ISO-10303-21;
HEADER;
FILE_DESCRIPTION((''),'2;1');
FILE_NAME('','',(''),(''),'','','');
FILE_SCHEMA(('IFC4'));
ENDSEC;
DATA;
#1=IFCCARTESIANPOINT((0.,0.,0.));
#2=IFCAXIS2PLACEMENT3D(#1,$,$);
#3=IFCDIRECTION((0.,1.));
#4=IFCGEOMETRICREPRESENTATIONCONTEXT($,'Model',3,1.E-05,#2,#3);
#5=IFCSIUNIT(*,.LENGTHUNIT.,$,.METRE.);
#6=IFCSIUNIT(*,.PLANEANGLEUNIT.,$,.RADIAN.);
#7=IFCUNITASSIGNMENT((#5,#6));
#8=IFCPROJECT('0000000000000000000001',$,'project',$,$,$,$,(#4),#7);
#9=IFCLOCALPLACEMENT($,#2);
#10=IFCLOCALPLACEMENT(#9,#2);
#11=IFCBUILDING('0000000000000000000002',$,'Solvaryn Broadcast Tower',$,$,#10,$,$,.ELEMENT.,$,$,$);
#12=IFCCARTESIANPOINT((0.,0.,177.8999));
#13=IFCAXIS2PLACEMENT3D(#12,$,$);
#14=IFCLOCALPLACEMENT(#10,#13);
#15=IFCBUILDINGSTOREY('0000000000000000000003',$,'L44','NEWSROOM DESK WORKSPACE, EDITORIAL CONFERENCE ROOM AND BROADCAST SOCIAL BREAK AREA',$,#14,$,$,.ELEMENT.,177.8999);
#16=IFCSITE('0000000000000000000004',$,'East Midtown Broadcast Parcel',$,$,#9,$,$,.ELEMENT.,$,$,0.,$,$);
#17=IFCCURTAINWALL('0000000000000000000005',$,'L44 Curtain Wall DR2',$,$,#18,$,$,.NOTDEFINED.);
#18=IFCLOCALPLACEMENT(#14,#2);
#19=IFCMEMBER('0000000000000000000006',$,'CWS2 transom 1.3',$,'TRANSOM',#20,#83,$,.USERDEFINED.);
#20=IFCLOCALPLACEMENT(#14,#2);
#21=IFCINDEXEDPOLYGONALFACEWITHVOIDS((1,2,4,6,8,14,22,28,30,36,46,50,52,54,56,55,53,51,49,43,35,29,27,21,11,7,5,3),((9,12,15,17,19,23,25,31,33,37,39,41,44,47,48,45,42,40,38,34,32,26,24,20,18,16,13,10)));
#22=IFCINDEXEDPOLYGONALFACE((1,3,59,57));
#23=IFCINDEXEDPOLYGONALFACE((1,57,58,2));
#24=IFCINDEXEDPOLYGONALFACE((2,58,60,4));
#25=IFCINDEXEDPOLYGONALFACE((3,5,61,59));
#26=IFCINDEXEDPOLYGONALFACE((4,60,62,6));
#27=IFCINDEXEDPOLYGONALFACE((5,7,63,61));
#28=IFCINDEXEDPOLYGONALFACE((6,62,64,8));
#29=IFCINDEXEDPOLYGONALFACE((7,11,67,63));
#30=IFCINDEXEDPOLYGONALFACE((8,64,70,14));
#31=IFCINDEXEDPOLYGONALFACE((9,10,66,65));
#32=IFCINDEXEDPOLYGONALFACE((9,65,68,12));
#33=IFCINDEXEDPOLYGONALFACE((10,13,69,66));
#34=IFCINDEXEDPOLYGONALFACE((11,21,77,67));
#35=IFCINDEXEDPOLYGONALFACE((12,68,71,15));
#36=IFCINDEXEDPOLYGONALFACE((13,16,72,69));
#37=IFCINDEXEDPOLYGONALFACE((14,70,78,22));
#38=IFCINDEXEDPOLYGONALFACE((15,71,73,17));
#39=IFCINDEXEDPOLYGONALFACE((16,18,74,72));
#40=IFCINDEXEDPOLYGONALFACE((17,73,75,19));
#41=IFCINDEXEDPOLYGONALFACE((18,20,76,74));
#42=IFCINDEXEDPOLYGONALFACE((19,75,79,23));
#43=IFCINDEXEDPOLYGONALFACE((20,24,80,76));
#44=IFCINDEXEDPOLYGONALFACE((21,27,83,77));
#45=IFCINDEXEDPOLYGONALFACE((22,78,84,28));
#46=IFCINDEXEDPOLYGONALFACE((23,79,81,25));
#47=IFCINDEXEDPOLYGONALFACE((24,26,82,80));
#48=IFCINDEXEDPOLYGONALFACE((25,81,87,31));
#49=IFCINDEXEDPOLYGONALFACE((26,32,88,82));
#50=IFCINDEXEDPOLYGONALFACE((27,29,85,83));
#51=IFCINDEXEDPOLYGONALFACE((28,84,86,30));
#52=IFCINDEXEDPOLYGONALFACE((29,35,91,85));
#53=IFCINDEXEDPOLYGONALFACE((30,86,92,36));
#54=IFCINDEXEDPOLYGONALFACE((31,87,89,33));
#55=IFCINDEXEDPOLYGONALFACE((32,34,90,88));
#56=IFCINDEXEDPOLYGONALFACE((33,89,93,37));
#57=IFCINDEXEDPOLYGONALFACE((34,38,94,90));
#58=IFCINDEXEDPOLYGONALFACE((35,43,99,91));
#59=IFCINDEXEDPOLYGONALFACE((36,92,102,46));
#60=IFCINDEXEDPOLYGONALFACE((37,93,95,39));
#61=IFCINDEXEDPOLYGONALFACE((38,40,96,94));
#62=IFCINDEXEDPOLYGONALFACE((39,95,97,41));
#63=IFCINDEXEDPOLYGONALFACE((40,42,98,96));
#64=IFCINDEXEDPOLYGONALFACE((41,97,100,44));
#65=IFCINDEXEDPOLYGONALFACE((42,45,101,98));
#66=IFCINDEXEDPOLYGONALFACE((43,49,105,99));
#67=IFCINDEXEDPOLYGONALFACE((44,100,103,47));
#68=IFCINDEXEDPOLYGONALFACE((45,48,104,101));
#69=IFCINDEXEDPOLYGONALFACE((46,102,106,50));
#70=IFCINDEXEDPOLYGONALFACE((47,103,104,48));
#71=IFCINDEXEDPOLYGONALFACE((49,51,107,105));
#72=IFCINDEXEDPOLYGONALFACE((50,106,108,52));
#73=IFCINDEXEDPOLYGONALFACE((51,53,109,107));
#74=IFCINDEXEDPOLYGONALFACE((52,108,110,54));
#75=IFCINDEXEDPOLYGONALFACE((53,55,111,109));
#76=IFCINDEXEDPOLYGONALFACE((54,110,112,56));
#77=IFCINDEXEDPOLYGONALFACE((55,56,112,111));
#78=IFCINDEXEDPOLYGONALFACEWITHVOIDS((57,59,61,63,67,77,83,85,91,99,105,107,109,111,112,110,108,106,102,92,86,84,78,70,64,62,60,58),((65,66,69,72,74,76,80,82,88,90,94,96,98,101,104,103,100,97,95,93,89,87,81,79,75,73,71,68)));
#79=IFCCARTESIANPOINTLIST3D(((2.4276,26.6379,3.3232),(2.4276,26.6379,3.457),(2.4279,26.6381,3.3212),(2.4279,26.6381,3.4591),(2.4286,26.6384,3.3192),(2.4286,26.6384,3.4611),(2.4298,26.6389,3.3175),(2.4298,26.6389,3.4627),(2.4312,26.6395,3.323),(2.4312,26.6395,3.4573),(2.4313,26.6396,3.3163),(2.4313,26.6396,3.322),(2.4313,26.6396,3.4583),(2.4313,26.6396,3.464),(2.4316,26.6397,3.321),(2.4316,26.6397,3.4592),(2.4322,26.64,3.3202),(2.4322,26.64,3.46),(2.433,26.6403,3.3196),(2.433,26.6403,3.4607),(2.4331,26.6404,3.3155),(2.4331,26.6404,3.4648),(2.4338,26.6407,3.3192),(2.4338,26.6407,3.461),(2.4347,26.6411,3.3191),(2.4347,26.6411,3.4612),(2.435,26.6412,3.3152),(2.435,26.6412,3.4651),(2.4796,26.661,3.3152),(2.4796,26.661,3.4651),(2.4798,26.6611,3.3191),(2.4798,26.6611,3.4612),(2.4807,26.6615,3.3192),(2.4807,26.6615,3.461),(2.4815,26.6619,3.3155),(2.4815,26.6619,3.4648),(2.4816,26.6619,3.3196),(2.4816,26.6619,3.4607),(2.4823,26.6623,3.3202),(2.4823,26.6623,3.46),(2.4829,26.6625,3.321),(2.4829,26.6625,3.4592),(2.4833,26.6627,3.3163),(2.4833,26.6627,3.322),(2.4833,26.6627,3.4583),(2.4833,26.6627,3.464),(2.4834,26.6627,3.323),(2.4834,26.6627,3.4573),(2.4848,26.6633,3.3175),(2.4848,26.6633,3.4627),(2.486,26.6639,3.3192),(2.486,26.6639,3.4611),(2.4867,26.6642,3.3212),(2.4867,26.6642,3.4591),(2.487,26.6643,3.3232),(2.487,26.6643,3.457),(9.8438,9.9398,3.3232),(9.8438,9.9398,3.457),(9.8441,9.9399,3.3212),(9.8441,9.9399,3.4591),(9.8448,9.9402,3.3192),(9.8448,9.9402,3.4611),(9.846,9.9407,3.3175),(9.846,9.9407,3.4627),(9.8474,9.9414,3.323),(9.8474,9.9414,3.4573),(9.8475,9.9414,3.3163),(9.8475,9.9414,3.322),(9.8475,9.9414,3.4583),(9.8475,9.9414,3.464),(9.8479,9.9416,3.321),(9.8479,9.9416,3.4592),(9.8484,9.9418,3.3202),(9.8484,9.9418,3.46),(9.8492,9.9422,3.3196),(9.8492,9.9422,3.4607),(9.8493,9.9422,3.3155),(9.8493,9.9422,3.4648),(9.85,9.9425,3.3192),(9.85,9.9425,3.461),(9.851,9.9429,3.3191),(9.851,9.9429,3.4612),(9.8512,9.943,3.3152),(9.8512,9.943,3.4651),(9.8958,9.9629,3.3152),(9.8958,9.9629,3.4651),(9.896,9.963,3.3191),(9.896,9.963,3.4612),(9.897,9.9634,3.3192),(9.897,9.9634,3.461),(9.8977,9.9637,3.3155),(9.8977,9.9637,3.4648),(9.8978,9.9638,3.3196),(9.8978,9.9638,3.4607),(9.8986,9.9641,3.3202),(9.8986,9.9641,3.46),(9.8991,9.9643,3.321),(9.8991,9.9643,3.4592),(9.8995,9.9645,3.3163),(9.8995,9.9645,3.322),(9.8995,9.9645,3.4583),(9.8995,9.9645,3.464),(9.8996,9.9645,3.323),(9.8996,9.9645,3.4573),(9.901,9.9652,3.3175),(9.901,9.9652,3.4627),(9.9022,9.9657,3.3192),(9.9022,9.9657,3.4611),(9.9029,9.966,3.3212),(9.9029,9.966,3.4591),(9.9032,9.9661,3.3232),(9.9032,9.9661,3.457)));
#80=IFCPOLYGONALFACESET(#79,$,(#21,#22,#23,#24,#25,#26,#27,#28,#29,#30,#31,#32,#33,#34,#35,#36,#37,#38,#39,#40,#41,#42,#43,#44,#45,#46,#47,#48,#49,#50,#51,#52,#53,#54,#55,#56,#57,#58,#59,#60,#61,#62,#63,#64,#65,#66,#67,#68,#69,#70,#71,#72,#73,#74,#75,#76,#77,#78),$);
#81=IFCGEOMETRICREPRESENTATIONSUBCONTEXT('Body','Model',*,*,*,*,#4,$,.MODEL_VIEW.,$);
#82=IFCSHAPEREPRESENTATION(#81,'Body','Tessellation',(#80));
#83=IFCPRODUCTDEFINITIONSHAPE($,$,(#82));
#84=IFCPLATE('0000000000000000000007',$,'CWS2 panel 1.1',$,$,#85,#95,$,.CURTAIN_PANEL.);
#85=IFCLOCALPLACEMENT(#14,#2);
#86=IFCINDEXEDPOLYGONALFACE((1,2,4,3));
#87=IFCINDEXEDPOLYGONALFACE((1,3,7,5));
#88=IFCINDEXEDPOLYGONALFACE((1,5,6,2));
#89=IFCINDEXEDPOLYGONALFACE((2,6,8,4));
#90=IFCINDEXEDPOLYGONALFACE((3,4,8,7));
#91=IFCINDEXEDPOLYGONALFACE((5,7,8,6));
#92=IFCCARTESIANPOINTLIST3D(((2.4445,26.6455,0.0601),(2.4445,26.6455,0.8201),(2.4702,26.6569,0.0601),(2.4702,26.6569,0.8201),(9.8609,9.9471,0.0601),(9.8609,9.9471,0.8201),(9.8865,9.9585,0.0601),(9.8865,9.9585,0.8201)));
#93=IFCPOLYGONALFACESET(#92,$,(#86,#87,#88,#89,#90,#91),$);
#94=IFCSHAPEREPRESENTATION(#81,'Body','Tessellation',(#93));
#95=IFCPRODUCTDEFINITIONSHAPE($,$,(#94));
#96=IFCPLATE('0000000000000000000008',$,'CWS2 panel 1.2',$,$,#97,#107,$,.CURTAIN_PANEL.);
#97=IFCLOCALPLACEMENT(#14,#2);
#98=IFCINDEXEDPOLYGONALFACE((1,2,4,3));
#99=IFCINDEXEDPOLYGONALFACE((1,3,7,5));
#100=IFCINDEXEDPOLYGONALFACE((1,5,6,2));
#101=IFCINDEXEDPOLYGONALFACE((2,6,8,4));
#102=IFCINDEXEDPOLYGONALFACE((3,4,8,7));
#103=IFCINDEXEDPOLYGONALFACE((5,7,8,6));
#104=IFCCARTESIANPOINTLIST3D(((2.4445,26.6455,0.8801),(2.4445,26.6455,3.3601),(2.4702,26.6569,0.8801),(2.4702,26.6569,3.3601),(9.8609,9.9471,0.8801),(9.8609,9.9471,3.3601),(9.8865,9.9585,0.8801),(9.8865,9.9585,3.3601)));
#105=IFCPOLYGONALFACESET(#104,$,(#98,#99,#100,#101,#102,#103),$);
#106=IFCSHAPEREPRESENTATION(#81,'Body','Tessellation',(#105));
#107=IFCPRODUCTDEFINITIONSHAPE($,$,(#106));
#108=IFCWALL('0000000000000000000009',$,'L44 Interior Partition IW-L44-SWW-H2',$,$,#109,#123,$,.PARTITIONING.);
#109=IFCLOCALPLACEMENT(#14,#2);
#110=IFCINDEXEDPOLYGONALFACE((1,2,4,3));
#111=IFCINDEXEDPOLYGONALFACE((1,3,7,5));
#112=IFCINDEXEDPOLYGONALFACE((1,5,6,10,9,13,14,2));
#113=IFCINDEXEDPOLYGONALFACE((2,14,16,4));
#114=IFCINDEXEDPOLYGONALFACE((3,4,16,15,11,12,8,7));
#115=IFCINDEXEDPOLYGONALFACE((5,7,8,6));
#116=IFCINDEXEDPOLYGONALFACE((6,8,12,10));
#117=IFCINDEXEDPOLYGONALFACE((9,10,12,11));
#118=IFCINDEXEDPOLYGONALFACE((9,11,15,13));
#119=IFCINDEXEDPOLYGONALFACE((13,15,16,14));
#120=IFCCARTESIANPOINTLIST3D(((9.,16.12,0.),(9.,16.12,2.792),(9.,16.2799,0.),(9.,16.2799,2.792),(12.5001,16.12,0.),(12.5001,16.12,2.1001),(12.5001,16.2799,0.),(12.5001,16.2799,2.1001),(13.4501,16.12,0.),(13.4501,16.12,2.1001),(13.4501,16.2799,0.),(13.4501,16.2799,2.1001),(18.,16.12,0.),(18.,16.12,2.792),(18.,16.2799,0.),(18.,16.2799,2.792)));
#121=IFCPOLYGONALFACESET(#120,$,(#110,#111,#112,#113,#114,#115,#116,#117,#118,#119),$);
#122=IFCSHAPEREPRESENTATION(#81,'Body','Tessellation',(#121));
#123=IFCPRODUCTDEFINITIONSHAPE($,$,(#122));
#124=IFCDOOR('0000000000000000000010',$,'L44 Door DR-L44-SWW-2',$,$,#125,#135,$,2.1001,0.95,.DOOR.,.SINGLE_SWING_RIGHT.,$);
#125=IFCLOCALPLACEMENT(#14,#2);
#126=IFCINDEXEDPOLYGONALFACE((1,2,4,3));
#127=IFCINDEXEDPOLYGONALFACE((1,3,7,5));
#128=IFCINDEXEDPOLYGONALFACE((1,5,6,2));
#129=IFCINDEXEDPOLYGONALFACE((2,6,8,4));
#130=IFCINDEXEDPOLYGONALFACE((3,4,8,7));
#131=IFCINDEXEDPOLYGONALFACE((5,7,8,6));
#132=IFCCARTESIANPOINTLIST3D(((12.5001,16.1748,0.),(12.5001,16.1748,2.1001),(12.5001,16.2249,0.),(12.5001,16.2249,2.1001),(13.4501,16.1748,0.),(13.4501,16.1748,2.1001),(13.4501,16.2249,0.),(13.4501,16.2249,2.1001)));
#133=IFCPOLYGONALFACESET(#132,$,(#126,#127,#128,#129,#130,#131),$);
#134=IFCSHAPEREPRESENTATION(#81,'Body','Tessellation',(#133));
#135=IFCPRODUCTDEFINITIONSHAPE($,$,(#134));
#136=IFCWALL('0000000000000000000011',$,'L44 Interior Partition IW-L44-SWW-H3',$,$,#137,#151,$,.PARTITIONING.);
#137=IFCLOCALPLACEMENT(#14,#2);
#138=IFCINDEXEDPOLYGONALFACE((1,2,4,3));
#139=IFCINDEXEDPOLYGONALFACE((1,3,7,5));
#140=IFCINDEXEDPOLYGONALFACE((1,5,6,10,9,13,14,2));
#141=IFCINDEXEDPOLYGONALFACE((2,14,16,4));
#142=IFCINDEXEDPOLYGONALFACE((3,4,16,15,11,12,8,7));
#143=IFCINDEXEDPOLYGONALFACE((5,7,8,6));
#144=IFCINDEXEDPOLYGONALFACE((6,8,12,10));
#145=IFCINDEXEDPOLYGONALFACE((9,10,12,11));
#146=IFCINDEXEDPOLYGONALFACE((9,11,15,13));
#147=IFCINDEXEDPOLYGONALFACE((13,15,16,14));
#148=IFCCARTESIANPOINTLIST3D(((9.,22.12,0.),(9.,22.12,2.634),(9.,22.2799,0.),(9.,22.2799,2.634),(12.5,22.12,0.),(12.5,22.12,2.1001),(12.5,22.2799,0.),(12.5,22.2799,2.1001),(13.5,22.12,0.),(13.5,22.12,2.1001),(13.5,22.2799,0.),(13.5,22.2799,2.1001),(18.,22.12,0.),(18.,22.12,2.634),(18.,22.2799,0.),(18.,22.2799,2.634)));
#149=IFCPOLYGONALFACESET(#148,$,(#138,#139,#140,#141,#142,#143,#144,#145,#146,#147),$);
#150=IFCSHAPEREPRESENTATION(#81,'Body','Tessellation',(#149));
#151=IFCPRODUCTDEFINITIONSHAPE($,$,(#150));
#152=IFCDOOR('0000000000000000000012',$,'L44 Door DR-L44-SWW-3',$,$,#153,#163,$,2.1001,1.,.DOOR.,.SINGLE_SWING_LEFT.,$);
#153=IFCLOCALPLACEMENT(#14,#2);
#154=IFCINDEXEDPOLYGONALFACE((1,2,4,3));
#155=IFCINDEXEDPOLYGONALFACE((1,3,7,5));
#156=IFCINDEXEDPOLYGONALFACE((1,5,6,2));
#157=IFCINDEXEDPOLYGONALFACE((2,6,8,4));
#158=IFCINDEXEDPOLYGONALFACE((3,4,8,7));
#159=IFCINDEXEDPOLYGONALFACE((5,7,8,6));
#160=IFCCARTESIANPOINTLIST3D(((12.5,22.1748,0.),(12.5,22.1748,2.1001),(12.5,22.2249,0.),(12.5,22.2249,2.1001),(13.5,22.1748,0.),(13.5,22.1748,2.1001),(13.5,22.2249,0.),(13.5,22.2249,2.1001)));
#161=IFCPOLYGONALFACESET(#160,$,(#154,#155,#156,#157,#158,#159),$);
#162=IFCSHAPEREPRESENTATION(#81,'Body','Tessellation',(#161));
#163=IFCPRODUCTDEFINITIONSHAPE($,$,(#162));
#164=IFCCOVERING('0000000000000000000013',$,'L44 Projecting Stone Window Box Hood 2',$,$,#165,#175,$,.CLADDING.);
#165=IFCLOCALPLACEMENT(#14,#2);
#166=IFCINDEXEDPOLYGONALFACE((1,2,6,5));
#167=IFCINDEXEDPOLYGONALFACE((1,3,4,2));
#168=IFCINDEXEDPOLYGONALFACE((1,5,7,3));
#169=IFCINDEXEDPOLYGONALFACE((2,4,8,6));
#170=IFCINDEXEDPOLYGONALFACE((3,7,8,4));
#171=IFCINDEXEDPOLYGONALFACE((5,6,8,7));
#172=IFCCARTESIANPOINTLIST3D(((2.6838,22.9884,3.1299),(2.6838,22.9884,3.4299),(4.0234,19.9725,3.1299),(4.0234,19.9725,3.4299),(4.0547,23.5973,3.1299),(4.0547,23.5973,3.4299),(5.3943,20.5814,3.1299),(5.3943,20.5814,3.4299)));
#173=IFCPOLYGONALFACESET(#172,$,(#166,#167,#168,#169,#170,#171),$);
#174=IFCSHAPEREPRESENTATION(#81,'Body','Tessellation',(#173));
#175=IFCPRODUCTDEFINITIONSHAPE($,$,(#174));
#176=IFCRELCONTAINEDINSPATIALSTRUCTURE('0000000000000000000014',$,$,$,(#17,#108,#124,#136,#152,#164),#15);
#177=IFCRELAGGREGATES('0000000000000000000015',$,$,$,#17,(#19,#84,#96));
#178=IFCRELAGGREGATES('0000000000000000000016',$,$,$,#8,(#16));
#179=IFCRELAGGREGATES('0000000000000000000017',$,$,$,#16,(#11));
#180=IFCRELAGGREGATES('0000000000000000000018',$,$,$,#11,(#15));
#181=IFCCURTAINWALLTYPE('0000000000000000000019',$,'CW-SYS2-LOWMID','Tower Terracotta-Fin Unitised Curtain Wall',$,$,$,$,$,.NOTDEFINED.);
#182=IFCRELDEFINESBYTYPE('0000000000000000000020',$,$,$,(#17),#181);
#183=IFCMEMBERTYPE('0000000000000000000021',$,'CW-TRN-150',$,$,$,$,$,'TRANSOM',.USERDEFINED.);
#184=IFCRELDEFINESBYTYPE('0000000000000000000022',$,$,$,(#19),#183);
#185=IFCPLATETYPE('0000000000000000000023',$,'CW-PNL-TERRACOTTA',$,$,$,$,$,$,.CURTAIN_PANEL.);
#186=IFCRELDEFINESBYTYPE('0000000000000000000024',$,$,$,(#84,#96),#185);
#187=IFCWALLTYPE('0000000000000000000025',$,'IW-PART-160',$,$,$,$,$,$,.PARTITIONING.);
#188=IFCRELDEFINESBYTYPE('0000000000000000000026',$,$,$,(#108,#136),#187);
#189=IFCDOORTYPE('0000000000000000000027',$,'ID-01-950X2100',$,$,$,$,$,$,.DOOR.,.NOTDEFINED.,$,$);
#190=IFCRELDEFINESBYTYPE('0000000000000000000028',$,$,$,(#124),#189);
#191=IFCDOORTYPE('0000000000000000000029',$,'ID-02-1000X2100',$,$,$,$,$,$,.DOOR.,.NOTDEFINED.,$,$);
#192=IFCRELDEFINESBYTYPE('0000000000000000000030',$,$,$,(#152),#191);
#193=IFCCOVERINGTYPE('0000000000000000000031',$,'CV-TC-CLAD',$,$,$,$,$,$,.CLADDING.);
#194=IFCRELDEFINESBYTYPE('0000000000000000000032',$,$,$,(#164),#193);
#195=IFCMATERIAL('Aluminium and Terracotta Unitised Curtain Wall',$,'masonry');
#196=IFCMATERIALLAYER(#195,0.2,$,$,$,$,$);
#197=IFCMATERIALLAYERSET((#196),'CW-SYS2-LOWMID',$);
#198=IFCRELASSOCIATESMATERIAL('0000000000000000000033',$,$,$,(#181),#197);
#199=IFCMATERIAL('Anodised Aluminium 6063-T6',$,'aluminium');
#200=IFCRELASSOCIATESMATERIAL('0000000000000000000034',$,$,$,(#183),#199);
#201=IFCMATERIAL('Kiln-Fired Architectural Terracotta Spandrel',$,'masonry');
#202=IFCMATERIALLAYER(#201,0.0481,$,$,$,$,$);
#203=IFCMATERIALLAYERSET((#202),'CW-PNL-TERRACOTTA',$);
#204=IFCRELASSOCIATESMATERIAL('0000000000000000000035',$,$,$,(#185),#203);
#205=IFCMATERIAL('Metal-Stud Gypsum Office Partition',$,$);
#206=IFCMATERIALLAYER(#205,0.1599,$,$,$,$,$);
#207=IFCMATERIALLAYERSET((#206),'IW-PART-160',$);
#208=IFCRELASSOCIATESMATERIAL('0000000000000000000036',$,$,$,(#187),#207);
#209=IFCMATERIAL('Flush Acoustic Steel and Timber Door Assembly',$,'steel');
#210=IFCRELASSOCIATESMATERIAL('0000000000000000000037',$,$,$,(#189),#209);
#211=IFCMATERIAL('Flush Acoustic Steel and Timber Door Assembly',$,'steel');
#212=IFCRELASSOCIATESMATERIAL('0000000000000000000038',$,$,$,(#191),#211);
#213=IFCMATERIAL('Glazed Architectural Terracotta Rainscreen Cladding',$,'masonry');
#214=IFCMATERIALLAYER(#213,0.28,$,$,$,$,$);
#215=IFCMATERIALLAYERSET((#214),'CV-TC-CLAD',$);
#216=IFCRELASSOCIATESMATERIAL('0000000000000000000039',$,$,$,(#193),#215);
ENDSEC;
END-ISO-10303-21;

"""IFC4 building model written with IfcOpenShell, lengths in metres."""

from ifc_helpers import new_model, si_unit, direction, frame, frame_2d, origin, origin_2d, place, context, subcontext, project, spatial, rectangle, hollow_rectangle, extrude, material, layer, layer_set, material_profile, profile_set, type_object, element, fill, aggregate, save


model = new_model("IFC4")

# Units and contexts
model_context = context("Model", 3, precision=1e-05, world=origin(), true_north=direction((0.0, 1.0)))
body_context = subcontext(model_context, "Body", "Model", "MODEL_VIEW")
ifc_project = project(units=[si_unit("LENGTHUNIT", "METRE"), si_unit("PLANEANGLEUNIT", "RADIAN")], contexts=[model_context])

# Site, building, storey
site_placement = place(None, origin())
site = spatial("IfcSite", under=ifc_project, at=site_placement, Name="East Midtown Broadcast Parcel", CompositionType="ELEMENT", RefElevation=0.0)
building_placement = place(site_placement, origin())
building = spatial("IfcBuilding", under=site, at=building_placement, Name="Solvaryn Broadcast Tower", CompositionType="ELEMENT")
storey_placement = place(building_placement, frame((0.0, 0.0, 177.8999)))
storey = spatial("IfcBuildingStorey", under=building, at=storey_placement, Name="L44", Description="NEWSROOM DESK WORKSPACE, EDITORIAL CONFERENCE ROOM AND BROADCAST SOCIAL BREAK AREA", CompositionType="ELEMENT", Elevation=177.8999)

# Shared definitions
ifc_material_1 = material(Name="Aluminium and Terracotta Unitised Curtain Wall", Category="masonry")
ifc_layer_1 = layer(ifc_material_1, 0.2)
ifc_layer_set_1 = layer_set([ifc_layer_1], Name="CW-SYS2-LOWMID")
curtain_wall_type = type_object("IfcCurtainWallType", Name="CW-SYS2-LOWMID", Description="Tower Terracotta-Fin Unitised Curtain Wall", PredefinedType="NOTDEFINED", material=ifc_layer_set_1)

# Curtain wall, member, plates
curtain_wall_1_placement = place(storey_placement, origin())
curtain_wall_1 = element("IfcCurtainWall", 1, at=curtain_wall_1_placement, inside=storey, type_object=curtain_wall_type, Name="L44 Curtain Wall DR2", PredefinedType="NOTDEFINED")
ifc_material_2 = material(Name="Anodised Aluminium 6063-T6", Category="aluminium")
ifc_material_profile_1 = material_profile(ifc_material_2, hollow_rectangle(XDim=0.0649, YDim=0.1499, WallThickness=0.0039, InnerFilletRadius=0.0039, OuterFilletRadius=0.0081, at=origin_2d()))
ifc_profile_set_1 = profile_set([ifc_material_profile_1], Name="Anodised Aluminium 6063-T6")
member_type_1 = type_object("IfcMemberType", Name="CW-TRN-150", ElementType="TRANSOM", PredefinedType="USERDEFINED", material=ifc_profile_set_1)
member_1_placement = place(storey_placement, frame((2.4573, 26.6511, 3.3901), z_axis=(0.405902, -0.913917, 0.0), x_axis=(0.913917, 0.405902, 0.0)))
member_1 = element("IfcMember", 2, at=member_1_placement, type_object=member_type_1, Name="CWS2 transom 1.3", ObjectType="TRANSOM", PredefinedType="USERDEFINED", context=body_context, shape_type="SweptSolid", body=[
    extrude(hollow_rectangle(XDim=0.0649, YDim=0.1499, WallThickness=0.0039, InnerFilletRadius=0.0039, OuterFilletRadius=0.0081, at=origin_2d()), origin(), (0.0, 0.0, 1.0), 18.271),
])
ifc_material_3 = material(Name="Kiln-Fired Architectural Terracotta Spandrel", Category="masonry")
ifc_layer_2 = layer(ifc_material_3, 0.0481)
ifc_layer_set_2 = layer_set([ifc_layer_2], Name="CW-PNL-TERRACOTTA")
plate_type = type_object("IfcPlateType", Name="CW-PNL-TERRACOTTA", PredefinedType="CURTAIN_PANEL", material=ifc_layer_set_2)
plate_1_placement = place(storey_placement, frame((6.1655, 18.302, 0.0601), z_axis=(0.0, 0.0, 1.0), x_axis=(0.405901, -0.913917, 0.0)))
plate_1 = element("IfcPlate", 3, at=plate_1_placement, type_object=plate_type, Name="CWS2 panel 1.1", PredefinedType="CURTAIN_PANEL", context=body_context, shape_type="SweptSolid", body=[
    extrude(rectangle(XDim=18.2712, YDim=0.0281, at=origin_2d()), origin(), (0.0, 0.0, 1.0), 0.76),
])
plate_2_placement = place(storey_placement, frame((6.1655, 18.302, 0.8801), z_axis=(0.0, 0.0, 1.0), x_axis=(0.405901, -0.913917, 0.0)))
plate_2 = element("IfcPlate", 4, at=plate_2_placement, type_object=plate_type, Name="CWS2 panel 1.2", PredefinedType="CURTAIN_PANEL", context=body_context, shape_type="SweptSolid", body=[
    extrude(rectangle(XDim=18.2712, YDim=0.0281, at=origin_2d()), origin(), (0.0, 0.0, 1.0), 2.48),
])
aggregate(curtain_wall_1, [member_1, plate_1, plate_2])

# Walls, openings, doors
ifc_material_4 = material(Name="Metal-Stud Gypsum Office Partition")
ifc_layer_3 = layer(ifc_material_4, 0.1599)
ifc_layer_set_3 = layer_set([ifc_layer_3], Name="IW-PART-160")
wall_type = type_object("IfcWallType", Name="IW-PART-160", PredefinedType="PARTITIONING", material=ifc_layer_set_3)
wall_1_placement = place(storey_placement, frame((9.0, 16.2, 0.0), z_axis=(0.0, 0.0, 1.0), x_axis=(1.0, 0.0, 0.0)))
wall_1 = element("IfcWall", 5, at=wall_1_placement, inside=storey, type_object=wall_type, Name="L44 Interior Partition IW-L44-SWW-H2", PredefinedType="PARTITIONING", context=body_context, shape_type="SweptSolid", body=[
    extrude(rectangle(XDim=9.0, YDim=0.1599, at=frame_2d((4.5, 0.0))), origin(), (0.0, 0.0, 1.0), 2.792),
])
opening_1_placement = place(wall_1_placement, frame((3.5, 0.0, 0.0)))
opening_1 = element("IfcOpeningElement", 6, at=opening_1_placement, cuts=wall_1, PredefinedType="OPENING", context=body_context, shape_type="SweptSolid", body=[
    extrude(rectangle(XDim=0.95, YDim=2.1001, at=frame_2d((0.4751, 1.05))), frame((0.0, 0.0901, 0.0), z_axis=(0.0, -1.0, 0.0), x_axis=(1.0, 0.0, 0.0)), (0.0, 0.0, 1.0), 0.1799),
])
ifc_material_5 = material(Name="Flush Acoustic Steel and Timber Door Assembly", Category="steel")
door_type_1 = type_object("IfcDoorType", Name="ID-01-950X2100", OperationType="NOTDEFINED", PredefinedType="DOOR", material=ifc_material_5)
door_1_placement = place(opening_1_placement, origin())
door_1 = element("IfcDoor", 7, at=door_1_placement, inside=storey, type_object=door_type_1, Name="L44 Door DR-L44-SWW-2", OperationType="SINGLE_SWING_RIGHT", OverallHeight=2.1001, OverallWidth=0.95, PredefinedType="DOOR", context=body_context, shape_type="SweptSolid", body=[
    extrude(rectangle(XDim=0.95, YDim=2.1001, at=frame_2d((0.4751, 1.05))), frame((0.0, 0.0249, 0.0), z_axis=(0.0, -1.0, 0.0), x_axis=(1.0, 0.0, 0.0)), (0.0, 0.0, 1.0), 0.05),
])
fill(opening_1, door_1)
wall_2_placement = place(storey_placement, frame((9.0, 22.2, 0.0), z_axis=(0.0, 0.0, 1.0), x_axis=(1.0, 0.0, 0.0)))
wall_2 = element("IfcWall", 8, at=wall_2_placement, inside=storey, type_object=wall_type, Name="L44 Interior Partition IW-L44-SWW-H3", PredefinedType="PARTITIONING", context=body_context, shape_type="SweptSolid", body=[
    extrude(rectangle(XDim=9.0, YDim=0.1599, at=frame_2d((4.5, 0.0))), origin(), (0.0, 0.0, 1.0), 2.634),
])
opening_2_placement = place(wall_2_placement, frame((3.5, 0.0, 0.0)))
opening_2 = element("IfcOpeningElement", 9, at=opening_2_placement, cuts=wall_2, PredefinedType="OPENING", context=body_context, shape_type="SweptSolid", body=[
    extrude(rectangle(XDim=1.0, YDim=2.1001, at=frame_2d((0.5, 1.05))), frame((0.0, 0.0901, 0.0), z_axis=(0.0, -1.0, 0.0), x_axis=(1.0, 0.0, 0.0)), (0.0, 0.0, 1.0), 0.1799),
])
ifc_material_6 = material(Name="Flush Acoustic Steel and Timber Door Assembly", Category="steel")
door_type_2 = type_object("IfcDoorType", Name="ID-02-1000X2100", OperationType="NOTDEFINED", PredefinedType="DOOR", material=ifc_material_6)
door_2_placement = place(opening_2_placement, origin())
door_2 = element("IfcDoor", 10, at=door_2_placement, inside=storey, type_object=door_type_2, Name="L44 Door DR-L44-SWW-3", OperationType="SINGLE_SWING_LEFT", OverallHeight=2.1001, OverallWidth=1.0, PredefinedType="DOOR", context=body_context, shape_type="SweptSolid", body=[
    extrude(rectangle(XDim=1.0, YDim=2.1001, at=frame_2d((0.5, 1.05))), frame((0.0, 0.0249, 0.0), z_axis=(0.0, -1.0, 0.0), x_axis=(1.0, 0.0, 0.0)), (0.0, 0.0, 1.0), 0.05),
])
fill(opening_2, door_2)

# Covering
ifc_material_7 = material(Name="Glazed Architectural Terracotta Rainscreen Cladding", Category="masonry")
ifc_layer_4 = layer(ifc_material_7, 0.28)
ifc_layer_set_4 = layer_set([ifc_layer_4], Name="CV-TC-CLAD")
covering_type_1 = type_object("IfcCoveringType", Name="CV-TC-CLAD", PredefinedType="CLADDING", material=ifc_layer_set_4)
for number, where, z_axis, x_axis, name in (
    (11, (4.0391, 21.7849, 3.1299), (0.0, 0.0, 1.0), (0.405939, -0.9139, 0.0), "L44 Projecting Stone Window Box Hood 2"),
):
    element("IfcCovering", number, at=place(storey_placement, frame(where, z_axis=z_axis, x_axis=x_axis)), inside=storey, type_object=covering_type_1, Name=name, PredefinedType="CLADDING", context=body_context, shape_type="SweptSolid", body=[
        extrude(rectangle(XDim=3.3, YDim=1.5, at=origin_2d()), origin(), (0.0, 0.0, 1.0), 0.3),
    ])

save(model, "model.ifc")
